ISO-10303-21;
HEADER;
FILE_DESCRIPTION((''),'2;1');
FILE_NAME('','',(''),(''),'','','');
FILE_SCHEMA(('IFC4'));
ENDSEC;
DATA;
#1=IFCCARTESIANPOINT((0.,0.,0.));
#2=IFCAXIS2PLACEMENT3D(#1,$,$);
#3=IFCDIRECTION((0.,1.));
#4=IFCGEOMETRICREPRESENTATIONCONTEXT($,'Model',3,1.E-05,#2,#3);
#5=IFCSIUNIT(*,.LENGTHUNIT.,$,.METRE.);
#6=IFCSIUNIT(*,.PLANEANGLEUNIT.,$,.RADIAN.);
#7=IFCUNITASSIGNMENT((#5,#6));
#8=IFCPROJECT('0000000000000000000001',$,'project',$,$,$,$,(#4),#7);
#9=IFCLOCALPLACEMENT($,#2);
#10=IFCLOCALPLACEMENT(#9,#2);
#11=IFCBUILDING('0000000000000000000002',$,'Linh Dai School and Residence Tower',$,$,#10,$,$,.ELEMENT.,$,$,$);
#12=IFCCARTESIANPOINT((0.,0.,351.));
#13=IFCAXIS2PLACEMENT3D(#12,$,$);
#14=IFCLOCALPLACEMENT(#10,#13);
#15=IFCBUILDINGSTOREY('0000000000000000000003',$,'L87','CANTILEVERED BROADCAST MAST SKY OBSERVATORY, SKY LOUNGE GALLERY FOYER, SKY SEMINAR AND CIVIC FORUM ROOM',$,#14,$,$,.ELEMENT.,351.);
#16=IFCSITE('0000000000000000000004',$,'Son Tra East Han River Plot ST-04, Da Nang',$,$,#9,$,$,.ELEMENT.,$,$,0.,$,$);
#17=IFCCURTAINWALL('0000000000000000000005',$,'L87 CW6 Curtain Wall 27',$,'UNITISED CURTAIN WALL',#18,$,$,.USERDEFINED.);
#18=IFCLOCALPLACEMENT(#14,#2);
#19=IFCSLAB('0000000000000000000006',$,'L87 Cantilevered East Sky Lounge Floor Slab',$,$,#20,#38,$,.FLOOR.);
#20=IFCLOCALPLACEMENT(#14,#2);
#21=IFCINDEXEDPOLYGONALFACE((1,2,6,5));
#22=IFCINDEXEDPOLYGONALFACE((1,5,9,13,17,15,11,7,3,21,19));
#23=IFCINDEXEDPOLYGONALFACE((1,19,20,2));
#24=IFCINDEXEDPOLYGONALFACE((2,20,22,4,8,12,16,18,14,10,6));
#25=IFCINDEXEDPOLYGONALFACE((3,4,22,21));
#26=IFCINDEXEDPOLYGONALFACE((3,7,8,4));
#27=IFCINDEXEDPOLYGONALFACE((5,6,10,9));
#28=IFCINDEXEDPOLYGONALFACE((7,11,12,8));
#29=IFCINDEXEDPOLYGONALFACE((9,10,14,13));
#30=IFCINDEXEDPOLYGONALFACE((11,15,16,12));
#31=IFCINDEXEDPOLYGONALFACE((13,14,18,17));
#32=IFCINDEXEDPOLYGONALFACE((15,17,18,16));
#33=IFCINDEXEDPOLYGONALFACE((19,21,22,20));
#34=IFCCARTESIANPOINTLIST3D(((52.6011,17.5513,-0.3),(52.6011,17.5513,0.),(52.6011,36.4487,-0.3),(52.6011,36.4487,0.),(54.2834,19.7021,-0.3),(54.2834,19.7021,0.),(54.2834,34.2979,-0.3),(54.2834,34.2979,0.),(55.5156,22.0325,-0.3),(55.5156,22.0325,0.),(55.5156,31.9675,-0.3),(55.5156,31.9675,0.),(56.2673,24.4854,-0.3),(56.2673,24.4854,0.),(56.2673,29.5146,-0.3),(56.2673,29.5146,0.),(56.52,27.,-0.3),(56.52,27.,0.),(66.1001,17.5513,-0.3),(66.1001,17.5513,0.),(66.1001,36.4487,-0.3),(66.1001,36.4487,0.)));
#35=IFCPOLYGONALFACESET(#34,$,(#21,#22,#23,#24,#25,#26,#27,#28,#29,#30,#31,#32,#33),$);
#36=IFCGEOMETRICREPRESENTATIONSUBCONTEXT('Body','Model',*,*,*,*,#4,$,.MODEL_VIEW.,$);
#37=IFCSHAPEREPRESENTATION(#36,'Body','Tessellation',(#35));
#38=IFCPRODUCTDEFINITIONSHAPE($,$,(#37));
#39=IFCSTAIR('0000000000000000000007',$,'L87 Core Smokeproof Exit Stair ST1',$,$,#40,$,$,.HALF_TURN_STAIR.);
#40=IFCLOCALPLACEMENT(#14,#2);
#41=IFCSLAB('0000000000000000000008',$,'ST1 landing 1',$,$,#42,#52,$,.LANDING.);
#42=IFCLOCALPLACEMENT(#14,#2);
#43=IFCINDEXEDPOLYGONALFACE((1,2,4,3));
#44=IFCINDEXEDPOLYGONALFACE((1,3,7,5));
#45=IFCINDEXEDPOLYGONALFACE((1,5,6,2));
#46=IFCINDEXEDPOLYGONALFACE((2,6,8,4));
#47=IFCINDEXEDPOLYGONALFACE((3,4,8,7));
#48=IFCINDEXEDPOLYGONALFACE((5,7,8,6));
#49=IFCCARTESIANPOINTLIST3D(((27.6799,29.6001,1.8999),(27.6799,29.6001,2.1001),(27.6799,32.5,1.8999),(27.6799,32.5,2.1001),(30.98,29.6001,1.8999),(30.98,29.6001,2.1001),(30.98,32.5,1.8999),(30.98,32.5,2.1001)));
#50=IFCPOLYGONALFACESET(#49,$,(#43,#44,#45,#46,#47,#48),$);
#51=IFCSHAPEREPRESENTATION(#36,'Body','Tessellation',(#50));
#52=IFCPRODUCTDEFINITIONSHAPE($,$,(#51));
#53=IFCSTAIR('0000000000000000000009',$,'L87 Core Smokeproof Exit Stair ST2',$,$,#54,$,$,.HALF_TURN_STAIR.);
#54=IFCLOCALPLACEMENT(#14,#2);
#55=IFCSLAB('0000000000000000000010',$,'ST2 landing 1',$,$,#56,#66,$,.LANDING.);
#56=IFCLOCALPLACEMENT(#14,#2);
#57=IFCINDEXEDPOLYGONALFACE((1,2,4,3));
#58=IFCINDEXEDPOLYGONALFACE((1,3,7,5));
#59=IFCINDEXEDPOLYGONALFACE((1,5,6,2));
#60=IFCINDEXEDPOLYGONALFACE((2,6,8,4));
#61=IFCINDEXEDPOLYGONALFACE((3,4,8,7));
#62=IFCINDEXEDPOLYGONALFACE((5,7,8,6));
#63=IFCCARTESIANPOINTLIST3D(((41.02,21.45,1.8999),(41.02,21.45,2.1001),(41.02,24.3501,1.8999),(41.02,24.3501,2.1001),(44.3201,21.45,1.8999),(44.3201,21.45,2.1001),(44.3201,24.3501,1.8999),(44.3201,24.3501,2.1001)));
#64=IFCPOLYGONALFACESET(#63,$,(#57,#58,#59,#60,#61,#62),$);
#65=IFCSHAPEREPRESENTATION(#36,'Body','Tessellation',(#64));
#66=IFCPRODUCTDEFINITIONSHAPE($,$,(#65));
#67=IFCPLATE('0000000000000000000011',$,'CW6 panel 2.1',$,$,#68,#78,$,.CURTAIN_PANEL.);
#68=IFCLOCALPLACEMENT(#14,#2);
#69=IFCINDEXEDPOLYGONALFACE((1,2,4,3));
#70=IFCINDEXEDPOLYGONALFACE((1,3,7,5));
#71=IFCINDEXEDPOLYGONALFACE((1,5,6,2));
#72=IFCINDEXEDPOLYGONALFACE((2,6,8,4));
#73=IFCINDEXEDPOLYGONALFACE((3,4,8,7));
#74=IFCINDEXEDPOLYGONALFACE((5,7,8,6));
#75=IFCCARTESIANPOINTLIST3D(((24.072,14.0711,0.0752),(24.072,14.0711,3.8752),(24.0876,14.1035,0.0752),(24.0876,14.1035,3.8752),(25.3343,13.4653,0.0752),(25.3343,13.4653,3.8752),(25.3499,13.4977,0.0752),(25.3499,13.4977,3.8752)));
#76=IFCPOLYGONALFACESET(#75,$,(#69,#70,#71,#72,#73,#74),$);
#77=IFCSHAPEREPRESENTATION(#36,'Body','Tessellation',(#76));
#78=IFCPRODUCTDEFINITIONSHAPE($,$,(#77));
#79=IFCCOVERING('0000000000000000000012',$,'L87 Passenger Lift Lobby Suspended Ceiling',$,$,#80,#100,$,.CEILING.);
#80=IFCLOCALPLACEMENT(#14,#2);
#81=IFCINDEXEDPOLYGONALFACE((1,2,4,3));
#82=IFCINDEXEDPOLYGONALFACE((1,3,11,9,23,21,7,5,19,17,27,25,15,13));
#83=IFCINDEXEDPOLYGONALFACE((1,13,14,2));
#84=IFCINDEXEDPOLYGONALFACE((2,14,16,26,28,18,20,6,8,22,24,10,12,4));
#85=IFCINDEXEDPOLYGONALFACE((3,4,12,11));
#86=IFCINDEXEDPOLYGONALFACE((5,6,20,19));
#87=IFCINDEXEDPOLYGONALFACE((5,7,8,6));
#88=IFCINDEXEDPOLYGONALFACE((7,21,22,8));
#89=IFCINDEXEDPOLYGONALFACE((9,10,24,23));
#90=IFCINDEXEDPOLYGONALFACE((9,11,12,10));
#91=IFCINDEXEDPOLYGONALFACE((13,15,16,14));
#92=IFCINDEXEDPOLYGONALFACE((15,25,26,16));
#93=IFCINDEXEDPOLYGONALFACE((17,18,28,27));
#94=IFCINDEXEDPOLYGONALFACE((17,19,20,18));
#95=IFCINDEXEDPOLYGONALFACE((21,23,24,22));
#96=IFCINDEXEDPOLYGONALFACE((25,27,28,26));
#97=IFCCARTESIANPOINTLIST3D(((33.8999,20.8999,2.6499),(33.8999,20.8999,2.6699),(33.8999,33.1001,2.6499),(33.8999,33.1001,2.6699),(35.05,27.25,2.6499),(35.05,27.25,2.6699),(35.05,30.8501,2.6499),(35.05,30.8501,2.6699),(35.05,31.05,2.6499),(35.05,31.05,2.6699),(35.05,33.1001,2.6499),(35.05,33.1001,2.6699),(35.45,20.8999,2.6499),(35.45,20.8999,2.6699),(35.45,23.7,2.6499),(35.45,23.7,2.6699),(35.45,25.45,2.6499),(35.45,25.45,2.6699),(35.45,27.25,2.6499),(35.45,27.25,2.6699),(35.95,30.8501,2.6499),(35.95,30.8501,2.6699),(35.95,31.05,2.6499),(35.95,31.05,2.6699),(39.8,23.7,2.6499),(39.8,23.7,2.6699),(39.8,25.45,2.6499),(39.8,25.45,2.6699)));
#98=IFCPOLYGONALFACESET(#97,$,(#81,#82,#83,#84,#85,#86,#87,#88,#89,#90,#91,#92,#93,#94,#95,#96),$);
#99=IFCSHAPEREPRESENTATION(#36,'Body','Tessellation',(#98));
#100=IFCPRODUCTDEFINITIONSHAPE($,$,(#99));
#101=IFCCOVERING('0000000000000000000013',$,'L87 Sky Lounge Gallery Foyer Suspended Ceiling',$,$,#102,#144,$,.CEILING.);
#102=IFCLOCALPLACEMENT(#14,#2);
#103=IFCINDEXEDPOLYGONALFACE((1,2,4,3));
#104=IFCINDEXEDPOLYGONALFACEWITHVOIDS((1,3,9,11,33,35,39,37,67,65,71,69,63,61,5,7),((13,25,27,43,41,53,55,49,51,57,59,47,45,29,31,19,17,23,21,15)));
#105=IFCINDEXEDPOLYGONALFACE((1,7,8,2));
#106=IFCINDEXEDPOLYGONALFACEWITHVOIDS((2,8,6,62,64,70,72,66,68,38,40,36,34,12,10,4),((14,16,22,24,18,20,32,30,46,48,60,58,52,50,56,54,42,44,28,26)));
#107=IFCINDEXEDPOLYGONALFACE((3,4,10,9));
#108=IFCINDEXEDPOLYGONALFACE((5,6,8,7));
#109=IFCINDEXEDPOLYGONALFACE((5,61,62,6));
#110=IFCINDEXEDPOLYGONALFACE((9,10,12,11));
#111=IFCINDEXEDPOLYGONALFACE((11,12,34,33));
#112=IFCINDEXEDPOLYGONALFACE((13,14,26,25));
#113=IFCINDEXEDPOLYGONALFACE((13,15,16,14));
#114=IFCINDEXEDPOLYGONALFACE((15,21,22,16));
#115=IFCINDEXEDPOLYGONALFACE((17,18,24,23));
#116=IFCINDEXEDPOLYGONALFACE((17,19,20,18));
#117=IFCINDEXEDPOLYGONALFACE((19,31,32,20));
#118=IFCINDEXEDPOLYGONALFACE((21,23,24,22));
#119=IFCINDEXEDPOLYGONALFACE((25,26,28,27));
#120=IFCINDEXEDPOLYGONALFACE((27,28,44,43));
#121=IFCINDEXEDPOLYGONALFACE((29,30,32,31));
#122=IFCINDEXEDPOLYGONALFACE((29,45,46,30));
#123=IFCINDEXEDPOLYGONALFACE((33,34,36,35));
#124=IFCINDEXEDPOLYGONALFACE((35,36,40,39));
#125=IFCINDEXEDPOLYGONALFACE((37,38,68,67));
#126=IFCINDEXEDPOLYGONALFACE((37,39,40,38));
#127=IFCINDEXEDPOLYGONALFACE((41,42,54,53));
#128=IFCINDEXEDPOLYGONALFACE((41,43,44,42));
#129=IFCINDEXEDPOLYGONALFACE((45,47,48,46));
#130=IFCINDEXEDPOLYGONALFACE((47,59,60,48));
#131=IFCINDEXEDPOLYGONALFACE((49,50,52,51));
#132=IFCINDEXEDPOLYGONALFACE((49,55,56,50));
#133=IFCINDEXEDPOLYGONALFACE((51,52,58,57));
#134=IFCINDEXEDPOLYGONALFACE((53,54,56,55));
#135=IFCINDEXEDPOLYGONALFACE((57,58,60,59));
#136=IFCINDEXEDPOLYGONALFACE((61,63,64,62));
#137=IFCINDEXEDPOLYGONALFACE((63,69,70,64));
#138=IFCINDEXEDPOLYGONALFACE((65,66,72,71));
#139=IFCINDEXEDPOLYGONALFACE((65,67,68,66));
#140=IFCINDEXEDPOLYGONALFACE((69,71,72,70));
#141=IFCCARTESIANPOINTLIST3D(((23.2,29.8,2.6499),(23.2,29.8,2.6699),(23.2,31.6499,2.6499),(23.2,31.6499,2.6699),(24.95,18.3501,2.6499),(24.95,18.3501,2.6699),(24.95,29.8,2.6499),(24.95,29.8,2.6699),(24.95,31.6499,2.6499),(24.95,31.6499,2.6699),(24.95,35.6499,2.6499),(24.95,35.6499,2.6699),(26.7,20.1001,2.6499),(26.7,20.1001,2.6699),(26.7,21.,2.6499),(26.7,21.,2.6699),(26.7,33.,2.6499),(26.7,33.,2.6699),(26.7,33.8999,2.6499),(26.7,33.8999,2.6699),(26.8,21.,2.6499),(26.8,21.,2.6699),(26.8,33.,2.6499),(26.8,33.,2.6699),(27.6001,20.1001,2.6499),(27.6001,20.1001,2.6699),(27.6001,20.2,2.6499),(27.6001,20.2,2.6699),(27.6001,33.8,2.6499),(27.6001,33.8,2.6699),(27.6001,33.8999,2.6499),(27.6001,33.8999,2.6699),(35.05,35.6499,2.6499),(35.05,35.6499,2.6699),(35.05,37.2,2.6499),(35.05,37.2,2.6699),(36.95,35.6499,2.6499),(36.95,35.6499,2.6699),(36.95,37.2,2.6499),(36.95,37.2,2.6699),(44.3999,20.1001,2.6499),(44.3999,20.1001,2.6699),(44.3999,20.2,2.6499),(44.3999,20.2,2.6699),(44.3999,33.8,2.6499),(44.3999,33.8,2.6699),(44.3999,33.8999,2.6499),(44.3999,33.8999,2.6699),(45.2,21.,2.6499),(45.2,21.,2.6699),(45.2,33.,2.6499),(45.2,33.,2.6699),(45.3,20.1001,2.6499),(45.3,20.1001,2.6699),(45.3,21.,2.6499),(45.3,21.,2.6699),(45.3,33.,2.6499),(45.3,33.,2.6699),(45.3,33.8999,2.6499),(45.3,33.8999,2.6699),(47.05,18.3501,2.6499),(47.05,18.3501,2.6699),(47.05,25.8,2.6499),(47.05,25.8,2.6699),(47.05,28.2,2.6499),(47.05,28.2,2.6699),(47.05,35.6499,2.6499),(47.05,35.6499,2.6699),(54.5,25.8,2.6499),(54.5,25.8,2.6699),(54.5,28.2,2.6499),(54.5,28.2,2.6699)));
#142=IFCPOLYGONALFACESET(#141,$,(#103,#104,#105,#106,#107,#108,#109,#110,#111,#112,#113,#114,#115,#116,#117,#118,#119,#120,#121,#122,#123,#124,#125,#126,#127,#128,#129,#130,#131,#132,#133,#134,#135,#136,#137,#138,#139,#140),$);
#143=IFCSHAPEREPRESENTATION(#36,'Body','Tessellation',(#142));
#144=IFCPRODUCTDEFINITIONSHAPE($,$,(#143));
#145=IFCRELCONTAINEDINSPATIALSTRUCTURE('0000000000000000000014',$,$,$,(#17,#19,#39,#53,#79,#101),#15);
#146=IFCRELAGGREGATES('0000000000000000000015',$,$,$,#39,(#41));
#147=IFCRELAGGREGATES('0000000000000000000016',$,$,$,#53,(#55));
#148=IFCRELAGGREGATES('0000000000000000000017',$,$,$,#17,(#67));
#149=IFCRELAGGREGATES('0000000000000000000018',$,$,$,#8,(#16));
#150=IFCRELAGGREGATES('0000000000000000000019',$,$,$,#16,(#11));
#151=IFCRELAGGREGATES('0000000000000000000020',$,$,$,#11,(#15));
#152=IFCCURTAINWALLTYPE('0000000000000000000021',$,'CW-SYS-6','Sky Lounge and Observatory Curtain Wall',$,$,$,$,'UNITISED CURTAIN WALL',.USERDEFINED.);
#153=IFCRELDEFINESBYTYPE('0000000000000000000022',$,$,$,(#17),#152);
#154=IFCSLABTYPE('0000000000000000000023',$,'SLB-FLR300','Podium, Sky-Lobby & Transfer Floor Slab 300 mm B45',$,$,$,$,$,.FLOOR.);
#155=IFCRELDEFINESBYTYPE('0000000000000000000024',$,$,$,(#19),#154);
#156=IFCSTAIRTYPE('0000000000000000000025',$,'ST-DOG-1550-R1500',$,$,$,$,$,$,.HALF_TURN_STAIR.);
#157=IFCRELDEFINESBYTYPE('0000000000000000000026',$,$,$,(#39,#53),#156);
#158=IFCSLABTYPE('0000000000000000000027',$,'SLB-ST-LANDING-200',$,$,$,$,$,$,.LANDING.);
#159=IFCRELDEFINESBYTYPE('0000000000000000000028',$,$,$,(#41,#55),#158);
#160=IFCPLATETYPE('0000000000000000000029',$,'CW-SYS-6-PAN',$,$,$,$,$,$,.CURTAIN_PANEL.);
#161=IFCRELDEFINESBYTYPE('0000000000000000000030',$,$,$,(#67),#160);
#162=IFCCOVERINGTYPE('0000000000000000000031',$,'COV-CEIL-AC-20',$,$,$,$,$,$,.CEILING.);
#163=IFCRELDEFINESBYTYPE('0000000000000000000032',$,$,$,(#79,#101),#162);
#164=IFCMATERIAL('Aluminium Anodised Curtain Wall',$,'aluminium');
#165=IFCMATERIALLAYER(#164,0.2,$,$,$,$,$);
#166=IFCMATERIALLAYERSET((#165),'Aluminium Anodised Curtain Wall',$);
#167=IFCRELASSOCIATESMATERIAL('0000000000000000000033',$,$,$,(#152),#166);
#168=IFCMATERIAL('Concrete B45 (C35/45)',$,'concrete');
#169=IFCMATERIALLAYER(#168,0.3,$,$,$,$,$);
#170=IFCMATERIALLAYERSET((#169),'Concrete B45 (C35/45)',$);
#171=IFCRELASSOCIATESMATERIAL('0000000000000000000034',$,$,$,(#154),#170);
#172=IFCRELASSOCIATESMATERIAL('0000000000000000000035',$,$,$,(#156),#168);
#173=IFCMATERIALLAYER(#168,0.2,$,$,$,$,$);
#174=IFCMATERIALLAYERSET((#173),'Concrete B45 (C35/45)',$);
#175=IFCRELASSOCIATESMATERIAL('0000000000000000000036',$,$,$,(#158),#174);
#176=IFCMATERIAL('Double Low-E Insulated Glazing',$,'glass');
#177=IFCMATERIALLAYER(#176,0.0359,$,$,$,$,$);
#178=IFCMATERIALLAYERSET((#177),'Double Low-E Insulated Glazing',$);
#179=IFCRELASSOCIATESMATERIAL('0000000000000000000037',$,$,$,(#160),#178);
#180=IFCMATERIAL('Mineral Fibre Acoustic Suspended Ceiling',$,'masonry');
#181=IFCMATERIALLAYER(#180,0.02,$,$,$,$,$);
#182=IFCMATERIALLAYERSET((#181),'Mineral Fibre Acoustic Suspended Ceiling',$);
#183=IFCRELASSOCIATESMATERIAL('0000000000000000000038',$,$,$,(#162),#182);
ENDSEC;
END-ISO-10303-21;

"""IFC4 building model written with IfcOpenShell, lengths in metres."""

from ifc_helpers import new_model, si_unit, direction, frame, origin, origin_2d, place, context, subcontext, project, spatial, polyline, rectangle, outline, extrude, source, transform, mapped, material, layer, layer_set, type_object, element, aggregate, save


model = new_model("IFC4")

# Units and contexts
model_context = context("Model", 3, precision=1e-05, world=origin(), true_north=direction((0.0, 1.0)))
body_context = subcontext(model_context, "Body", "Model", "MODEL_VIEW")
ifc_project = project(units=[si_unit("LENGTHUNIT", "METRE"), si_unit("PLANEANGLEUNIT", "RADIAN")], contexts=[model_context])

# Site, building, storey
site_placement = place(None, origin())
site = spatial("IfcSite", under=ifc_project, at=site_placement, Name="Son Tra East Han River Plot ST-04, Da Nang", CompositionType="ELEMENT", RefElevation=0.0)
building_placement = place(site_placement, origin())
building = spatial("IfcBuilding", under=site, at=building_placement, Name="Linh Dai School and Residence Tower", CompositionType="ELEMENT")
storey_placement = place(building_placement, frame((0.0, 0.0, 351.0)))
storey = spatial("IfcBuildingStorey", under=building, at=storey_placement, Name="L87", Description="CANTILEVERED BROADCAST MAST SKY OBSERVATORY, SKY LOUNGE GALLERY FOYER, SKY SEMINAR AND CIVIC FORUM ROOM", CompositionType="ELEMENT", Elevation=351.0)

# Curtain wall
ifc_material_1 = material(Name="Aluminium Anodised Curtain Wall", Category="aluminium")
ifc_layer_1 = layer(ifc_material_1, 0.2)
ifc_layer_set_1 = layer_set([ifc_layer_1], Name="Aluminium Anodised Curtain Wall")
curtain_wall_type = type_object("IfcCurtainWallType", Name="CW-SYS-6", Description="Sky Lounge and Observatory Curtain Wall", ElementType="UNITISED CURTAIN WALL", PredefinedType="USERDEFINED", material=ifc_layer_set_1)
curtain_wall_placement = place(storey_placement, origin())
curtain_wall = element("IfcCurtainWall", 1, at=curtain_wall_placement, inside=storey, type_object=curtain_wall_type, Name="L87 CW6 Curtain Wall 27", ObjectType="UNITISED CURTAIN WALL", PredefinedType="USERDEFINED")

# Slab
ifc_material_2 = material(Name="Concrete B45 (C35/45)", Category="concrete")
ifc_layer_2 = layer(ifc_material_2, 0.3)
ifc_layer_set_2 = layer_set([ifc_layer_2], Name="Concrete B45 (C35/45)")
slab_type_1 = type_object("IfcSlabType", Name="SLB-FLR300", Description="Podium, Sky-Lobby & Transfer Floor Slab 300 mm B45", PredefinedType="FLOOR", material=ifc_layer_set_2)
slab_1_placement = place(storey_placement, frame((0.0, 0.0, -0.3)))
element("IfcSlab", 2, at=slab_1_placement, inside=storey, type_object=slab_type_1, Name="L87 Cantilevered East Sky Lounge Floor Slab", PredefinedType="FLOOR", context=body_context, shape_type="SweptSolid", body=[
    extrude(outline(polyline([(52.6011, 17.5513), (66.1001, 17.5513), (66.1001, 36.4487), (52.6011, 36.4487), (54.2834, 34.2979), (55.5156, 31.9675), (56.2673, 29.5146), (56.52, 27.0), (56.2673, 24.4854), (55.5156, 22.0325), (54.2834, 19.7021), (52.6011, 17.5513), (52.6011, 17.5513)])), origin(), (0.0, 0.0, 1.0), 0.3),
])

# Stairs, slabs
stair_type = type_object("IfcStairType", Name="ST-DOG-1550-R1500", PredefinedType="HALF_TURN_STAIR", material=ifc_material_2)
stair_1_placement = place(storey_placement, origin())
stair_1 = element("IfcStair", 3, at=stair_1_placement, inside=storey, type_object=stair_type, Name="L87 Core Smokeproof Exit Stair ST1", PredefinedType="HALF_TURN_STAIR")
ifc_layer_3 = layer(ifc_material_2, 0.2)
ifc_layer_set_3 = layer_set([ifc_layer_3], Name="Concrete B45 (C35/45)")
slab_type_2 = type_object("IfcSlabType", Name="SLB-ST-LANDING-200", PredefinedType="LANDING", material=ifc_layer_set_3)
slab_2_placement = place(storey_placement, frame((0.0, 0.0, 1.8999)))
slab_2 = element("IfcSlab", 4, at=slab_2_placement, type_object=slab_type_2, Name="ST1 landing 1", PredefinedType="LANDING", context=body_context, shape_type="SweptSolid", body=[
    extrude(outline(polyline([(30.98, 29.6001), (30.98, 32.5), (27.6799, 32.5), (27.6799, 29.6001), (30.98, 29.6001)])), origin(), (0.0, 0.0, 1.0), 0.2002),
])
aggregate(stair_1, [slab_2])
stair_2_placement = place(storey_placement, origin())
stair_2 = element("IfcStair", 5, at=stair_2_placement, inside=storey, type_object=stair_type, Name="L87 Core Smokeproof Exit Stair ST2", PredefinedType="HALF_TURN_STAIR")
slab_3_placement = place(storey_placement, frame((0.0, 0.0, 1.8999)))
slab_3 = element("IfcSlab", 6, at=slab_3_placement, type_object=slab_type_2, Name="ST2 landing 1", PredefinedType="LANDING", context=body_context, shape_type="SweptSolid", body=[
    extrude(outline(polyline([(41.02, 24.3501), (41.02, 21.45), (44.3201, 21.45), (44.3201, 24.3501), (41.02, 24.3501)])), origin(), (0.0, 0.0, 1.0), 0.2002),
])
aggregate(stair_2, [slab_3])

# Plate
ifc_material_3 = material(Name="Double Low-E Insulated Glazing", Category="glass")
ifc_layer_4 = layer(ifc_material_3, 0.0359)
ifc_layer_set_4 = layer_set([ifc_layer_4], Name="Double Low-E Insulated Glazing")
plate_type = type_object("IfcPlateType", Name="CW-SYS-6-PAN", PredefinedType="CURTAIN_PANEL", material=ifc_layer_set_4)
shared_shape_1 = source(origin(), body_context, "Body", "SweptSolid", [
    extrude(rectangle(XDim=1.4001, YDim=0.0359, at=origin_2d()), origin(), (0.0, 0.0, 1.0), 3.8),
])
plate_placement = place(storey_placement, frame((24.7109, 13.7844, 0.0752), z_axis=(0.0, 0.0, 1.0), x_axis=(-0.901551, 0.432674, 0.0)))
plate = element("IfcPlate", 7, at=plate_placement, type_object=plate_type, Name="CW6 panel 2.1", PredefinedType="CURTAIN_PANEL", context=body_context, shape_type="MappedRepresentation", body=[
    mapped(shared_shape_1, transform((0.0, 0.0, 0.0), x_axis=(1.0, 0.0, 0.0), y_axis=(0.0, 1.0, 0.0), z_axis=(0.0, 0.0, 1.0), scale=1.0)),
])
aggregate(curtain_wall, [plate])

# Coverings
ifc_material_4 = material(Name="Mineral Fibre Acoustic Suspended Ceiling", Category="masonry")
ifc_layer_5 = layer(ifc_material_4, 0.02)
ifc_layer_set_5 = layer_set([ifc_layer_5], Name="Mineral Fibre Acoustic Suspended Ceiling")
covering_type_1 = type_object("IfcCoveringType", Name="COV-CEIL-AC-20", PredefinedType="CEILING", material=ifc_layer_set_5)
covering_1_placement = place(storey_placement, frame((0.0, 0.0, 2.6499)))
element("IfcCovering", 8, at=covering_1_placement, inside=storey, type_object=covering_type_1, Name="L87 Passenger Lift Lobby Suspended Ceiling", PredefinedType="CEILING", context=body_context, shape_type="SweptSolid", body=[
    extrude(outline(polyline([(35.05, 33.1001), (35.05, 31.05), (35.95, 31.05), (35.95, 30.8501), (35.05, 30.8501), (35.05, 27.25), (35.45, 27.25), (35.45, 25.45), (39.8, 25.45), (39.8, 23.7), (35.45, 23.7), (35.45, 20.8999), (33.8999, 20.8999), (33.8999, 33.1001), (35.05, 33.1001)])), origin(), (0.0, 0.0, 1.0), 0.02),
])
covering_2_placement = place(storey_placement, frame((0.0, 0.0, 2.6499)))
element("IfcCovering", 9, at=covering_2_placement, inside=storey, type_object=covering_type_1, Name="L87 Sky Lounge Gallery Foyer Suspended Ceiling", PredefinedType="CEILING", context=body_context, shape_type="SweptSolid", body=[
    extrude(outline(polyline([(24.95, 31.6499), (24.95, 35.6499), (35.05, 35.6499), (35.05, 37.2), (36.95, 37.2), (36.95, 35.6499), (47.05, 35.6499), (47.05, 28.2), (54.5, 28.2), (54.5, 25.8), (47.05, 25.8), (47.05, 18.3501), (24.95, 18.3501), (24.95, 29.8), (23.2, 29.8), (23.2, 31.6499), (24.95, 31.6499)]), holes=[polyline([(27.6001, 33.8), (27.6001, 33.8999), (26.7, 33.8999), (26.7, 33.0), (26.8, 33.0), (26.8, 21.0), (26.7, 21.0), (26.7, 20.1001), (27.6001, 20.1001), (27.6001, 20.2), (44.3999, 20.2), (44.3999, 20.1001), (45.3, 20.1001), (45.3, 21.0), (45.2, 21.0), (45.2, 33.0), (45.3, 33.0), (45.3, 33.8999), (44.3999, 33.8999), (44.3999, 33.8), (27.6001, 33.8)])]), origin(), (0.0, 0.0, 1.0), 0.02),
])

save(model, "model.ifc")
